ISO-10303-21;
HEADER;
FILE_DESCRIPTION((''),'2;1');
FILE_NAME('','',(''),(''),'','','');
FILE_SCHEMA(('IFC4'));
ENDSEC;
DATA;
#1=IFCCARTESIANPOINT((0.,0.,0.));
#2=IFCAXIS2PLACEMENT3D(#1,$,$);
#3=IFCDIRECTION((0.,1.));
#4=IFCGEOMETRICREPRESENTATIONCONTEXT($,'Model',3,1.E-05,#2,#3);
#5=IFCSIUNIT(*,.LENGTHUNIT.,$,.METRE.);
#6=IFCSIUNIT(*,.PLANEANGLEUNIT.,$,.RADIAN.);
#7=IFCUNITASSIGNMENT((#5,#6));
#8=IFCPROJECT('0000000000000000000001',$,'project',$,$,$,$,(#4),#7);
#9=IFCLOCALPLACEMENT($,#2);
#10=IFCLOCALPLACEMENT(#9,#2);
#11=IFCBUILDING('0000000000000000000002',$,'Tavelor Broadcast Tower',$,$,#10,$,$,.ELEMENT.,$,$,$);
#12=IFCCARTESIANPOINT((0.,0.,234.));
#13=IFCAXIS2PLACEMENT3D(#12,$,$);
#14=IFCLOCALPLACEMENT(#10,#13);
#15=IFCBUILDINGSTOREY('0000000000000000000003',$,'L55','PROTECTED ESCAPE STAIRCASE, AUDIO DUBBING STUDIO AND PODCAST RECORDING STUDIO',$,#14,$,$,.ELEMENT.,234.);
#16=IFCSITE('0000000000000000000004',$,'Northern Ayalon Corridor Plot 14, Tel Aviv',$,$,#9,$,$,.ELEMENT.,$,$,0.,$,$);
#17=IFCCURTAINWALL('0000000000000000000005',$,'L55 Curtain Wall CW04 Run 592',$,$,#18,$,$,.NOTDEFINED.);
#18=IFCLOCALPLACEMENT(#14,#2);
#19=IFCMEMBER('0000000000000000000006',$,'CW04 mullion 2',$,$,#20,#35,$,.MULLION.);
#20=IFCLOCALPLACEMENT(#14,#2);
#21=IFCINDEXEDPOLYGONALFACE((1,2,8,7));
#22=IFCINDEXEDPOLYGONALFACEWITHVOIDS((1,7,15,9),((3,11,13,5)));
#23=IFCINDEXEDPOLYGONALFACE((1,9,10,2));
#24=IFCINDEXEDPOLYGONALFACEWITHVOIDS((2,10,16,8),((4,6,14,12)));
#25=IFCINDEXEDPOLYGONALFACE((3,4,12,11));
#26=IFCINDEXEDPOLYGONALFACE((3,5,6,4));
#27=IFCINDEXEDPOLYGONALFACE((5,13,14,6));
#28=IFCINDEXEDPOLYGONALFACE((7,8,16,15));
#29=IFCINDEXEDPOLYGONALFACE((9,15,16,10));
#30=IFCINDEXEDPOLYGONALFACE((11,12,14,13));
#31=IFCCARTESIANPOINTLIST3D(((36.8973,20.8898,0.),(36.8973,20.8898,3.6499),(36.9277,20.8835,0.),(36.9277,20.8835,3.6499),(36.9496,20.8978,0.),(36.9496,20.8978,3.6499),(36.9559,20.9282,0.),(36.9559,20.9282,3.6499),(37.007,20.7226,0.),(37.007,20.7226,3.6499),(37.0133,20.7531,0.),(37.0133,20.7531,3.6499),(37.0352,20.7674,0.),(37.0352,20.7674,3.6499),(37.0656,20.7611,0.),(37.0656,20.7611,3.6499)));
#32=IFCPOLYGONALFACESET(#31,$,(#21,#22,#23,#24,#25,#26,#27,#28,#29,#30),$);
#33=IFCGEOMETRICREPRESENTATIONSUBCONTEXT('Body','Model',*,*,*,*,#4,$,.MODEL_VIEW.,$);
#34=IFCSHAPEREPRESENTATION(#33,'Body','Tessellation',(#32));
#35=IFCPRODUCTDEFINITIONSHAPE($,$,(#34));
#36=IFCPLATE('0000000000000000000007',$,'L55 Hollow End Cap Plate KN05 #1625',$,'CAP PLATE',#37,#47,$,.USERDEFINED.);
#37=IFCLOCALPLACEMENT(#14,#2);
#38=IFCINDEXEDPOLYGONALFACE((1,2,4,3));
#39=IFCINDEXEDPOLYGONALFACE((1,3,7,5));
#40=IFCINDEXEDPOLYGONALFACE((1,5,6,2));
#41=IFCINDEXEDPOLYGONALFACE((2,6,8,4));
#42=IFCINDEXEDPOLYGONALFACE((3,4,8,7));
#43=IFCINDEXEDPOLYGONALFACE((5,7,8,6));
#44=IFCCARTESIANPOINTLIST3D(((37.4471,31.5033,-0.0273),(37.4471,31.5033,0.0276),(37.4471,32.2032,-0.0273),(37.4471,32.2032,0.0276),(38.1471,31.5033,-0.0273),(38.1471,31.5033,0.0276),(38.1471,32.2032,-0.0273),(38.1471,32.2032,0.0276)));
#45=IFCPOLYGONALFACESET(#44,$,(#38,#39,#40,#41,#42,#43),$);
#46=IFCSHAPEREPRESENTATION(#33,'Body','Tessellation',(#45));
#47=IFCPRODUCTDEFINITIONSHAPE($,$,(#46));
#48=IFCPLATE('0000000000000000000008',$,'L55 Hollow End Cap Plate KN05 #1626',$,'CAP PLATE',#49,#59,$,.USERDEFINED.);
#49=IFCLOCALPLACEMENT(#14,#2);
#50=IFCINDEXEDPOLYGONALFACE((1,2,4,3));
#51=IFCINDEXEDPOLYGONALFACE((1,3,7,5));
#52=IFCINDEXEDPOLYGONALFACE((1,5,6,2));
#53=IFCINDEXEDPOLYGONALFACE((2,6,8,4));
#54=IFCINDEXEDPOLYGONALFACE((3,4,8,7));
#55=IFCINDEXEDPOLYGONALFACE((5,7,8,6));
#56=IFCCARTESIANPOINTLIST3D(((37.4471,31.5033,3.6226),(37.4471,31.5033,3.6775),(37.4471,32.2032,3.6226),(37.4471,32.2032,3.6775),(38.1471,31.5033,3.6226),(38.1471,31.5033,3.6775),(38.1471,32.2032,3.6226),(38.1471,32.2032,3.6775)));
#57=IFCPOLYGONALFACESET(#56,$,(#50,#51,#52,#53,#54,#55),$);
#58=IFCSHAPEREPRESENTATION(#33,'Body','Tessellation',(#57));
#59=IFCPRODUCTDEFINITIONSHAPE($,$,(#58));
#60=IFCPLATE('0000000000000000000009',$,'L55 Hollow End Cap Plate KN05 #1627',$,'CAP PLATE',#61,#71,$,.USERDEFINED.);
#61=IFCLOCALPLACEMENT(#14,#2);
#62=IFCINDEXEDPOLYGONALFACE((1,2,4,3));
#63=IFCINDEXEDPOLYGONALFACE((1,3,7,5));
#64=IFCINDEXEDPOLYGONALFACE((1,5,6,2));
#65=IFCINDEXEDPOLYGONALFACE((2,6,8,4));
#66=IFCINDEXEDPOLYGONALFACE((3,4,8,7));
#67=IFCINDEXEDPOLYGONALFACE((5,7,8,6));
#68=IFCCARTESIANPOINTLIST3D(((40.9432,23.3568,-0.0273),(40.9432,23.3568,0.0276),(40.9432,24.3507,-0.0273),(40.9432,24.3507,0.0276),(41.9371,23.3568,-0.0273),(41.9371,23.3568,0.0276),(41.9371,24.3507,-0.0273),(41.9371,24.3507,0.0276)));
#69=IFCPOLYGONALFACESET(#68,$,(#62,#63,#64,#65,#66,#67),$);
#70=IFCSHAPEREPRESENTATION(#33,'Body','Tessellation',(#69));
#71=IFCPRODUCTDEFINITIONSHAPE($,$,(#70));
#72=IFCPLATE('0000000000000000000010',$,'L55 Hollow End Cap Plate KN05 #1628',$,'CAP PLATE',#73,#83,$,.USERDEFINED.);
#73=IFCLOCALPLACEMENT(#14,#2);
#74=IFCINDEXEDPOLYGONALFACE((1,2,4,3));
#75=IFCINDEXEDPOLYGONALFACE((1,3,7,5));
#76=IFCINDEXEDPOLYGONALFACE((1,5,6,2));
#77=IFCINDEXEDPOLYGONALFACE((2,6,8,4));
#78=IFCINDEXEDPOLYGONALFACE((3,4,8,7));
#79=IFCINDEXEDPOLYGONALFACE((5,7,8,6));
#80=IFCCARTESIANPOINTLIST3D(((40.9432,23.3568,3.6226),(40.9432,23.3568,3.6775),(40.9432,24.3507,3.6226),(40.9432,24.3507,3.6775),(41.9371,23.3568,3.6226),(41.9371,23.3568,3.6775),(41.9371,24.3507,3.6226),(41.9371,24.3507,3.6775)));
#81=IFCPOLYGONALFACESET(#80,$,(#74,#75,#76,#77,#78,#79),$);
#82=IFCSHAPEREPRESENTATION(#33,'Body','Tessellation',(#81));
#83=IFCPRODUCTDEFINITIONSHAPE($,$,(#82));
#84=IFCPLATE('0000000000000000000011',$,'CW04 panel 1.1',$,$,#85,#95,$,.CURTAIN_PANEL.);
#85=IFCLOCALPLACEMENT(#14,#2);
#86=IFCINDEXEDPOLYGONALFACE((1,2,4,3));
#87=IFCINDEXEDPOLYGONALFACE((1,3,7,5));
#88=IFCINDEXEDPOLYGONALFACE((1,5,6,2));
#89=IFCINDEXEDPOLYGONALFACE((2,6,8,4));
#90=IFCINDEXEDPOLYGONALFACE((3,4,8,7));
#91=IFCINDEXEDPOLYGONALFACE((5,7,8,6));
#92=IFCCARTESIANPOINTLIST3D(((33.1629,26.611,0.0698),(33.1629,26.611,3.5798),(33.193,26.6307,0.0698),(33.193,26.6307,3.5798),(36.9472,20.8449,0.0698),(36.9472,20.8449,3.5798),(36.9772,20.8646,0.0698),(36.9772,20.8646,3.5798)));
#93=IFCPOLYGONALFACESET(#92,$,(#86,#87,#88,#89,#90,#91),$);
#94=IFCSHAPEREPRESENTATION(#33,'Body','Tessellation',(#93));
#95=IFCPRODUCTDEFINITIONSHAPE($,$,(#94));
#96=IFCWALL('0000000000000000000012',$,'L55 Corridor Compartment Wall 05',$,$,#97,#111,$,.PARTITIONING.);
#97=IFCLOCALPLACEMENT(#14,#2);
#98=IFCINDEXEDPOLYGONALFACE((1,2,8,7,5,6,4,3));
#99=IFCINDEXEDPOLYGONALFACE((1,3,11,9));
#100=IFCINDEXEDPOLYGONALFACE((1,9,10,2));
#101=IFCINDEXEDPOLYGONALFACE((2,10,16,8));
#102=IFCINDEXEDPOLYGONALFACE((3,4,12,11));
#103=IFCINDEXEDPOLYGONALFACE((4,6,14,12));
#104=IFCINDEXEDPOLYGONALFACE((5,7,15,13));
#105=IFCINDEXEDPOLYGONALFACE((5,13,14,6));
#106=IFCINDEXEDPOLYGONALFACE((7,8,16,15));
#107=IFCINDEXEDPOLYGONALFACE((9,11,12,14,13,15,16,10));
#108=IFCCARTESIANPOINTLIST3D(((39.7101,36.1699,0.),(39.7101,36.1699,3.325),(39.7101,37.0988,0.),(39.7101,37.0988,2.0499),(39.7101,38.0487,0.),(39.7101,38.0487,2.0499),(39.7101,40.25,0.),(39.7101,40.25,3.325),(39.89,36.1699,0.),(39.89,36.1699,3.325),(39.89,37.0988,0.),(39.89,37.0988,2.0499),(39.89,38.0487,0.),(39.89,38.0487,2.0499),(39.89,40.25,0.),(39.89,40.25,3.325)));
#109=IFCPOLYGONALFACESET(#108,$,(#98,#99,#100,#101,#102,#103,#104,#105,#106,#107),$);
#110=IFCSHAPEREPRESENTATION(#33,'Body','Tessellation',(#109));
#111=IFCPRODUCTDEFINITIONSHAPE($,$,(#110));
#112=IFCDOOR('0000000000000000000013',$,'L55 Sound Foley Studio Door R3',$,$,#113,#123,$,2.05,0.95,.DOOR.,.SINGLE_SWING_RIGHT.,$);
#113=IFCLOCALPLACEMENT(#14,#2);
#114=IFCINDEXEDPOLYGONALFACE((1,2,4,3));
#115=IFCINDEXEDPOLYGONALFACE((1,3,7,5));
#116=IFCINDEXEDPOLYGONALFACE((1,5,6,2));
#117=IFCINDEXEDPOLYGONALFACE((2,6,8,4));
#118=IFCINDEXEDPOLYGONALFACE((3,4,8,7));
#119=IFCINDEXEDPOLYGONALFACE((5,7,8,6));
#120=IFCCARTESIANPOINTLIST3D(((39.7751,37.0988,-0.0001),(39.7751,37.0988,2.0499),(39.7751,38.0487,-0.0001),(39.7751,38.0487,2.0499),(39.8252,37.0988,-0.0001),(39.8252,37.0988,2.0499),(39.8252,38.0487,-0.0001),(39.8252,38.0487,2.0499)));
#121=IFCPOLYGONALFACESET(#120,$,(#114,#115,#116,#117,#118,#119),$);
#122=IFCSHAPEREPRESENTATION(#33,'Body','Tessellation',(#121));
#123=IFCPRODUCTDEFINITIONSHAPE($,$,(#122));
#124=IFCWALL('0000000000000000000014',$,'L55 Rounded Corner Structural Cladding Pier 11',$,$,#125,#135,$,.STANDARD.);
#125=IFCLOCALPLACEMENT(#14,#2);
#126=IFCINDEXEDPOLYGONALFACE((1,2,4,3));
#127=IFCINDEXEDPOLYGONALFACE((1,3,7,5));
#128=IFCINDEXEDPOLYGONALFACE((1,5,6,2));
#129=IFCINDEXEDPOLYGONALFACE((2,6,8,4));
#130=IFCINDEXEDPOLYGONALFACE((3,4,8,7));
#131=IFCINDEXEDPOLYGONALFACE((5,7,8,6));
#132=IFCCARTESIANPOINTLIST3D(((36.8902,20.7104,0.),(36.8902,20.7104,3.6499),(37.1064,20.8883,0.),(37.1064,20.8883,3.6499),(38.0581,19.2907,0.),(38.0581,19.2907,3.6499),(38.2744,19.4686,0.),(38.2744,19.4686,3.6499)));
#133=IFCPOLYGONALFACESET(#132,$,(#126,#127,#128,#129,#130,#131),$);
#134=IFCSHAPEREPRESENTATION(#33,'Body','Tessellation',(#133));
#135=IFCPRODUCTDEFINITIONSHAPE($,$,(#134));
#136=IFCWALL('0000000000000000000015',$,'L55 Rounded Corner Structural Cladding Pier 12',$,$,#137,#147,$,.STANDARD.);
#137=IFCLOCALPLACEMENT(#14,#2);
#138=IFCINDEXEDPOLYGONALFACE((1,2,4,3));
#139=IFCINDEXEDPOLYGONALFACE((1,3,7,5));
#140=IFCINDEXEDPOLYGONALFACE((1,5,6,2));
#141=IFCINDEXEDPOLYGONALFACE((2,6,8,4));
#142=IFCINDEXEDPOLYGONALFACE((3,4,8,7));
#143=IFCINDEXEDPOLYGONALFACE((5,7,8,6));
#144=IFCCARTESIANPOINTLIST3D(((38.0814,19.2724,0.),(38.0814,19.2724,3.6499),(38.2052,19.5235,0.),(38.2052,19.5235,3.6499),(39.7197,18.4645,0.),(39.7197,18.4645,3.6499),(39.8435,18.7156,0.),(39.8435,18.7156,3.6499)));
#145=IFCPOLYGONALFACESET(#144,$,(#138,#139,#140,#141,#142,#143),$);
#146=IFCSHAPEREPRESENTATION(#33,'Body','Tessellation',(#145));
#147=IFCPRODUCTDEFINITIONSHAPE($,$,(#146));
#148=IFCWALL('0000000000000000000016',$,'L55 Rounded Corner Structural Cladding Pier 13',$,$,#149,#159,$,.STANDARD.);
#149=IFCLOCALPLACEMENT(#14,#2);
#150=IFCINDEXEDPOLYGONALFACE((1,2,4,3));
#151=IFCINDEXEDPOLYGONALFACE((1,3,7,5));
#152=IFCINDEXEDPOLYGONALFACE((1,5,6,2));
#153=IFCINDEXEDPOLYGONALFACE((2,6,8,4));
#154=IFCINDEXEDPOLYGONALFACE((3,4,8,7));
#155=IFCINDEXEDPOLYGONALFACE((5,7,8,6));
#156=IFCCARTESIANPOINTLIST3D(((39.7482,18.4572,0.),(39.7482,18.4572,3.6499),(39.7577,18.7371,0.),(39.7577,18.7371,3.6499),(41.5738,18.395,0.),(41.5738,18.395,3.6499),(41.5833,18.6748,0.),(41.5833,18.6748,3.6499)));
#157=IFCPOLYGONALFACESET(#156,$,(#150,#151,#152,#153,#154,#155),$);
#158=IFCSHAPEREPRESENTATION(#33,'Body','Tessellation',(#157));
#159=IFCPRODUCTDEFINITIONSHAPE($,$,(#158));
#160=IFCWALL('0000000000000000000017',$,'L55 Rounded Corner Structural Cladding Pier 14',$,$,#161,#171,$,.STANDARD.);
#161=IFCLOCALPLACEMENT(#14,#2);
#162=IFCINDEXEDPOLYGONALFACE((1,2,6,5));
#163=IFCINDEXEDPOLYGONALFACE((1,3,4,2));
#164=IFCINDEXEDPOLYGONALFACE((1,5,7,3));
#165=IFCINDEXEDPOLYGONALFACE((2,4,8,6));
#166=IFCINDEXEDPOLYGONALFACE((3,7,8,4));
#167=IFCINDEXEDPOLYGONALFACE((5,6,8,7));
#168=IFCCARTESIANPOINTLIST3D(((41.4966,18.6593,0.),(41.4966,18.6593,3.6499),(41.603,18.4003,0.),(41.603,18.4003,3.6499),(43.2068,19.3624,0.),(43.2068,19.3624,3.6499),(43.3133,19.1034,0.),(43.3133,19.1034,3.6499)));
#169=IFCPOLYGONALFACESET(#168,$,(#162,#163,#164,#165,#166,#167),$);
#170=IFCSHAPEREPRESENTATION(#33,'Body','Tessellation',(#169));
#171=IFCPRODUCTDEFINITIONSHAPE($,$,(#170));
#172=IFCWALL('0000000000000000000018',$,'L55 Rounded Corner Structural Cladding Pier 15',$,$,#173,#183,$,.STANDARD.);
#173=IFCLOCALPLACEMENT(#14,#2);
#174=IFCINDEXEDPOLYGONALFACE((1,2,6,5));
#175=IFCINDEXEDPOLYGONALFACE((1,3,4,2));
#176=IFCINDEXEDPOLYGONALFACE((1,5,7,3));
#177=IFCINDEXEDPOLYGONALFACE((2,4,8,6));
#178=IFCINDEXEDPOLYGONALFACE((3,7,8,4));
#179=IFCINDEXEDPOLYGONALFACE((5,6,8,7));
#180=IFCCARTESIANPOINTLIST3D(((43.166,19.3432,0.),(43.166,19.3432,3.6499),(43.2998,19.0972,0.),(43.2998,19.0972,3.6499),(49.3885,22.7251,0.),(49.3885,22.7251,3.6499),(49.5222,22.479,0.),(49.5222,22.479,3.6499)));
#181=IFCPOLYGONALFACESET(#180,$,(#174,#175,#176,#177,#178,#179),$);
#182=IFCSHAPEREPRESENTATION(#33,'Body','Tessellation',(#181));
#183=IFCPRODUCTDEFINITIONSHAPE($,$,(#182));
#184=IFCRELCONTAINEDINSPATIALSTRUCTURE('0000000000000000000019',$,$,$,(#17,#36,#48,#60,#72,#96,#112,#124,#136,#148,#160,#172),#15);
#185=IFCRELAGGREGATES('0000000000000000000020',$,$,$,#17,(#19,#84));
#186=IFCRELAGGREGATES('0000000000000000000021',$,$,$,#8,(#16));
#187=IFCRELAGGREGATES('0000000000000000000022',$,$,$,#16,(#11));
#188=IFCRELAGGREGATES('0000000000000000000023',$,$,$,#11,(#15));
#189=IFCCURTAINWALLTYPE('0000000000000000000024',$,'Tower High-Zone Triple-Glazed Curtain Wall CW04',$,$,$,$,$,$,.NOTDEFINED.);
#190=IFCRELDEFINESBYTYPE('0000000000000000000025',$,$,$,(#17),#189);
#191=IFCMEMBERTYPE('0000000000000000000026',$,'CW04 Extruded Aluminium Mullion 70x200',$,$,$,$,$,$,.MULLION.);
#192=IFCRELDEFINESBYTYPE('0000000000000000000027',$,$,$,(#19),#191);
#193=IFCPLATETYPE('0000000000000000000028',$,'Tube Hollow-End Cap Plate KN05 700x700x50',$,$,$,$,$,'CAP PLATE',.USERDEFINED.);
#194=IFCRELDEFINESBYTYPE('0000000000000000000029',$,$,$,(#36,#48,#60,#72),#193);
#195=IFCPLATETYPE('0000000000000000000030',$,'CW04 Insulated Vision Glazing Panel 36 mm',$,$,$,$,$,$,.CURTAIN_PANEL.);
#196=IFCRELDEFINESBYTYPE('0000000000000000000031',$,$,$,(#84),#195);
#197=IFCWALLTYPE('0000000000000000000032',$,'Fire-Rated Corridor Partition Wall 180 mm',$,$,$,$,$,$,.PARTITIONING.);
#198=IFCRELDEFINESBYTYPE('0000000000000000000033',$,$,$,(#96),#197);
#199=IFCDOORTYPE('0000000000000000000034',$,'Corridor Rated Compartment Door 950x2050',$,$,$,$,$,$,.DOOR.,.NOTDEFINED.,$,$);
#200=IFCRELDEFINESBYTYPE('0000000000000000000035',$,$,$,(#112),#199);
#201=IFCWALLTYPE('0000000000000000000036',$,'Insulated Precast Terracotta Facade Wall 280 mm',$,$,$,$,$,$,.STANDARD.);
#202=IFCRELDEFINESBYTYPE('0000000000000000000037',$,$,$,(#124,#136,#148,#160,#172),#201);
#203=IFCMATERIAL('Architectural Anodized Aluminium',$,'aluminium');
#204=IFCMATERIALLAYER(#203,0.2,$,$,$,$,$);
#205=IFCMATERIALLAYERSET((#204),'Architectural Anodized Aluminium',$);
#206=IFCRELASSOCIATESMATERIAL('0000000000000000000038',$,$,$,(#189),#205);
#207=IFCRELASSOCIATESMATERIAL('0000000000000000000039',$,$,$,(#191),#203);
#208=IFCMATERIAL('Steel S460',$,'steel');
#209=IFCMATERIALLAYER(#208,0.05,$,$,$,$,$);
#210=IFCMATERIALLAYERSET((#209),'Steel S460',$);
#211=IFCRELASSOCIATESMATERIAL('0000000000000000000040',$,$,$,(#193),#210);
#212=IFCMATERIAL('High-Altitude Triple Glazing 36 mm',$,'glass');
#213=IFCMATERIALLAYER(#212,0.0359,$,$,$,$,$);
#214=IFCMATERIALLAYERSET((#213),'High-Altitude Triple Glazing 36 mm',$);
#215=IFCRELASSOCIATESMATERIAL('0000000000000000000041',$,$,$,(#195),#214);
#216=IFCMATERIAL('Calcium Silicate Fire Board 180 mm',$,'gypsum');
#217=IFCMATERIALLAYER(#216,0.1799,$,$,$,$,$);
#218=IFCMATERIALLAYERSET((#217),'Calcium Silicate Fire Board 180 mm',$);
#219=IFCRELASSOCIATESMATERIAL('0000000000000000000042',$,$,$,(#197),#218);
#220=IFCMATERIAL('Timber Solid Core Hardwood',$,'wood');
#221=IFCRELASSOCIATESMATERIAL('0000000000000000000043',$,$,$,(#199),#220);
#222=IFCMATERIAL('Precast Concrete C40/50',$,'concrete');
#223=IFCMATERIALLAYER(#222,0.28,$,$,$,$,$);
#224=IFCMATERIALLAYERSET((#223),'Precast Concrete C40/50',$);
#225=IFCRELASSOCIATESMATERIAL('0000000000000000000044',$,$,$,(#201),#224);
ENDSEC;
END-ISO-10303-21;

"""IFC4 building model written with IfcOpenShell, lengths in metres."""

from ifc_helpers import new_model, si_unit, direction, frame, frame_2d, origin, origin_2d, place, context, subcontext, project, spatial, rectangle, hollow_rectangle, extrude, source, transform, mapped, material, layer, layer_set, material_profile, profile_set, type_object, type_shapes, element, fill, aggregate, save


model = new_model("IFC4")

# Units and contexts
model_context = context("Model", 3, precision=1e-05, world=origin(), true_north=direction((0.0, 1.0)))
body_context = subcontext(model_context, "Body", "Model", "MODEL_VIEW")
ifc_project = project(units=[si_unit("LENGTHUNIT", "METRE"), si_unit("PLANEANGLEUNIT", "RADIAN")], contexts=[model_context])

# Site, building, storey
site_placement = place(None, origin())
site = spatial("IfcSite", under=ifc_project, at=site_placement, Name="Northern Ayalon Corridor Plot 14, Tel Aviv", CompositionType="ELEMENT", RefElevation=0.0)
building_placement = place(site_placement, origin())
building = spatial("IfcBuilding", under=site, at=building_placement, Name="Tavelor Broadcast Tower", CompositionType="ELEMENT")
storey_placement = place(building_placement, frame((0.0, 0.0, 234.0)))
storey = spatial("IfcBuildingStorey", under=building, at=storey_placement, Name="L55", Description="PROTECTED ESCAPE STAIRCASE, AUDIO DUBBING STUDIO AND PODCAST RECORDING STUDIO", CompositionType="ELEMENT", Elevation=234.0)

# Shared definitions
ifc_material_1 = material(Name="Steel S460", Category="steel")

# Curtain wall, member
ifc_material_2 = material(Name="Architectural Anodized Aluminium", Category="aluminium")
ifc_layer_1 = layer(ifc_material_2, 0.2)
ifc_layer_set_1 = layer_set([ifc_layer_1], Name="Architectural Anodized Aluminium")
curtain_wall_type = type_object("IfcCurtainWallType", Name="Tower High-Zone Triple-Glazed Curtain Wall CW04", PredefinedType="NOTDEFINED", material=ifc_layer_set_1)
curtain_wall_placement = place(storey_placement, origin())
curtain_wall = element("IfcCurtainWall", 1, at=curtain_wall_placement, inside=storey, type_object=curtain_wall_type, Name="L55 Curtain Wall CW04 Run 592", PredefinedType="NOTDEFINED")
ifc_material_profile_1 = material_profile(ifc_material_2, hollow_rectangle(XDim=0.0701, YDim=0.2, WallThickness=0.022, at=origin_2d()), Name="RHS 70x200x22")
ifc_profile_set_1 = profile_set([ifc_material_profile_1], Name="Architectural Anodized Aluminium")
member_type = type_object("IfcMemberType", Name="CW04 Extruded Aluminium Mullion 70x200", PredefinedType="MULLION", material=ifc_profile_set_1)
shared_shape_1 = source(origin(), body_context, "Body", "SweptSolid", [
    extrude(hollow_rectangle(XDim=0.0701, YDim=0.2, WallThickness=0.022, at=origin_2d()), origin(), (0.0, 0.0, 1.0), 3.6499),
])
type_shapes(member_type, [shared_shape_1])
member_placement = place(storey_placement, frame((36.9814, 20.8254, 0.0), z_axis=(0.0, 0.0, 1.0), x_axis=(0.836032, 0.548681, 0.0)))
member = element("IfcMember", 2, at=member_placement, type_object=member_type, Name="CW04 mullion 2", PredefinedType="MULLION", context=body_context, shape_type="MappedRepresentation", body=[
    mapped(shared_shape_1, transform((0.0, 0.0, 0.0), scale=1.0)),
])

# Plates
ifc_layer_2 = layer(ifc_material_1, 0.05)
ifc_layer_set_2 = layer_set([ifc_layer_2], Name="Steel S460")
plate_type_1 = type_object("IfcPlateType", Name="Tube Hollow-End Cap Plate KN05 700x700x50", ElementType="CAP PLATE", PredefinedType="USERDEFINED", material=ifc_layer_set_2)
shared_shape_2 = source(origin(), body_context, "Body", "SweptSolid", [
    extrude(rectangle(XDim=0.7, YDim=0.7, at=origin_2d()), origin(), (0.0, 0.0, 1.0), 0.0549),
])
for number, where, z_axis, x_axis, name in (
    (3, (37.7971, 31.8533, -0.0273), (0.0, 0.0, 1.0), (1.0, 0.0, 0.0), "L55 Hollow End Cap Plate KN05 #1625"),
    (4, (37.7971, 31.8533, 3.6226), (0.0, 0.0, 1.0), (1.0, 0.0, 0.0), "L55 Hollow End Cap Plate KN05 #1626"),
):
    element("IfcPlate", number, at=place(storey_placement, frame(where, z_axis=z_axis, x_axis=x_axis)), inside=storey, type_object=plate_type_1, Name=name, ObjectType="CAP PLATE", PredefinedType="USERDEFINED", context=body_context, shape_type="MappedRepresentation", body=[
        mapped(shared_shape_2, transform((0.0, 0.0, 0.0), scale=1.0)),
    ])
shared_shape_3 = source(origin(), body_context, "Body", "SweptSolid", [
    extrude(rectangle(XDim=0.9939, YDim=0.9939, at=origin_2d()), origin(), (0.0, 0.0, 1.0), 0.0549),
])
type_shapes(plate_type_1, [shared_shape_2, shared_shape_3])
for number, where, z_axis, x_axis, name in (
    (5, (41.4402, 23.8538, -0.0273), (0.0, 0.0, 1.0), (1.0, 0.0, 0.0), "L55 Hollow End Cap Plate KN05 #1627"),
    (6, (41.4402, 23.8538, 3.6226), (0.0, 0.0, 1.0), (1.0, 0.0, 0.0), "L55 Hollow End Cap Plate KN05 #1628"),
):
    element("IfcPlate", number, at=place(storey_placement, frame(where, z_axis=z_axis, x_axis=x_axis)), inside=storey, type_object=plate_type_1, Name=name, ObjectType="CAP PLATE", PredefinedType="USERDEFINED", context=body_context, shape_type="MappedRepresentation", body=[
        mapped(shared_shape_3, transform((0.0, 0.0, 0.0), scale=1.0)),
    ])

# Plate
ifc_material_3 = material(Name="High-Altitude Triple Glazing 36 mm", Category="glass")
ifc_layer_3 = layer(ifc_material_3, 0.0359)
ifc_layer_set_3 = layer_set([ifc_layer_3], Name="High-Altitude Triple Glazing 36 mm")
plate_type_2 = type_object("IfcPlateType", Name="CW04 Insulated Vision Glazing Panel 36 mm", PredefinedType="CURTAIN_PANEL", material=ifc_layer_set_3)
shared_shape_4 = source(origin(), body_context, "Body", "SweptSolid", [
    extrude(rectangle(XDim=6.897, YDim=0.0359, at=origin_2d()), origin(), (0.0, 0.0, 1.0), 3.51),
])
type_shapes(plate_type_2, [shared_shape_4])
plate_placement = place(storey_placement, frame((35.0701, 23.7378, 0.0698), z_axis=(0.0, 0.0, 1.0), x_axis=(0.548681, -0.836032, 0.0)))
plate = element("IfcPlate", 7, at=plate_placement, type_object=plate_type_2, Name="CW04 panel 1.1", PredefinedType="CURTAIN_PANEL", context=body_context, shape_type="MappedRepresentation", body=[
    mapped(shared_shape_4, transform((0.0, 0.0, 0.0), scale=1.0)),
])
aggregate(curtain_wall, [member, plate])

# Wall, opening, door
ifc_material_4 = material(Name="Calcium Silicate Fire Board 180 mm", Category="gypsum")
ifc_layer_4 = layer(ifc_material_4, 0.1799)
ifc_layer_set_4 = layer_set([ifc_layer_4], Name="Calcium Silicate Fire Board 180 mm")
wall_type_1 = type_object("IfcWallType", Name="Fire-Rated Corridor Partition Wall 180 mm", PredefinedType="PARTITIONING", material=ifc_layer_set_4)
wall_1_placement = place(storey_placement, frame((39.8, 36.1699, 0.0), z_axis=(0.0, 0.0, 1.0), x_axis=(0.0, 1.0, 0.0)))
wall_1 = element("IfcWall", 8, at=wall_1_placement, inside=storey, type_object=wall_type_1, Name="L55 Corridor Compartment Wall 05", PredefinedType="PARTITIONING", context=body_context, shape_type="SweptSolid", body=[
    extrude(rectangle(XDim=4.0801, YDim=0.1799, at=frame_2d((2.04, 0.0))), origin(), (0.0, 0.0, 1.0), 3.325),
])
opening_placement = place(wall_1_placement, frame((0.9287, 0.0, 0.0)))
opening = element("IfcOpeningElement", 9, at=opening_placement, cuts=wall_1, PredefinedType="OPENING", context=body_context, shape_type="SweptSolid", body=[
    extrude(rectangle(XDim=0.95, YDim=2.05, at=frame_2d((0.4751, 1.0249))), frame((0.0, 0.1001, 0.0), z_axis=(0.0, -1.0, 0.0), x_axis=(1.0, 0.0, 0.0)), (0.0, 0.0, 1.0), 0.2),
])
ifc_material_5 = material(Name="Timber Solid Core Hardwood", Category="wood")
door_type = type_object("IfcDoorType", Name="Corridor Rated Compartment Door 950x2050", OperationType="NOTDEFINED", PredefinedType="DOOR", material=ifc_material_5)
door_placement = place(opening_placement, origin())
door = element("IfcDoor", 10, at=door_placement, inside=storey, type_object=door_type, Name="L55 Sound Foley Studio Door R3", OperationType="SINGLE_SWING_RIGHT", OverallHeight=2.05, OverallWidth=0.95, PredefinedType="DOOR", context=body_context, shape_type="SweptSolid", body=[
    extrude(rectangle(XDim=0.95, YDim=2.05, at=frame_2d((0.4751, 1.0249))), frame((0.0, 0.0249, 0.0), z_axis=(0.0, -1.0, 0.0), x_axis=(1.0, 0.0, 0.0)), (0.0, 0.0, 1.0), 0.05),
])
fill(opening, door)

# Walls
ifc_material_6 = material(Name="Precast Concrete C40/50", Category="concrete")
ifc_layer_5 = layer(ifc_material_6, 0.28)
ifc_layer_set_5 = layer_set([ifc_layer_5], Name="Precast Concrete C40/50")
wall_type_2 = type_object("IfcWallType", Name="Insulated Precast Terracotta Facade Wall 280 mm", PredefinedType="STANDARD", material=ifc_layer_set_5)
wall_2_placement = place(storey_placement, frame((36.9983, 20.7993, 0.0), z_axis=(0.0, 0.0, 1.0), x_axis=(0.635325, -0.772244, 0.0)))
element("IfcWall", 11, at=wall_2_placement, inside=storey, type_object=wall_type_2, Name="L55 Rounded Corner Structural Cladding Pier 11", PredefinedType="STANDARD", context=body_context, shape_type="SweptSolid", body=[
    extrude(rectangle(XDim=1.8384, YDim=0.28, at=frame_2d((0.9192, 0.0))), origin(), (0.0, 0.0, 1.0), 3.6499),
])
for number, where, z_axis, x_axis, name in (
    (12, (38.1433, 19.3979, 0.0), (0.0, 0.0, 1.0), (0.896873, -0.442288, 0.0), "L55 Rounded Corner Structural Cladding Pier 12"),
    (13, (39.7529, 18.5972, 0.0), (0.0, 0.0, 1.0), (0.999419, -0.03408, 0.0), "L55 Rounded Corner Structural Cladding Pier 13"),
):
    element("IfcWall", number, at=place(storey_placement, frame(where, z_axis=z_axis, x_axis=x_axis)), inside=storey, type_object=wall_type_2, Name=name, PredefinedType="STANDARD", context=body_context, shape_type="SweptSolid", body=[
        extrude(rectangle(XDim=1.8267, YDim=0.28, at=frame_2d((0.9133, 0.0))), origin(), (0.0, 0.0, 1.0), 3.6499),
    ])
wall_3_placement = place(storey_placement, frame((41.5498, 18.5298, 0.0), z_axis=(0.0, 0.0, 1.0), x_axis=(0.924883, 0.380252, 0.0)))
element("IfcWall", 14, at=wall_3_placement, inside=storey, type_object=wall_type_2, Name="L55 Rounded Corner Structural Cladding Pier 14", PredefinedType="STANDARD", context=body_context, shape_type="SweptSolid", body=[
    extrude(rectangle(XDim=1.8491, YDim=0.28, at=frame_2d((0.9246, 0.0))), origin(), (0.0, 0.0, 1.0), 3.6499),
])
wall_4_placement = place(storey_placement, frame((43.2329, 19.2202, 0.0), z_axis=(0.0, 0.0, 1.0), x_axis=(0.878619, 0.477523, 0.0)))
element("IfcWall", 15, at=wall_4_placement, inside=storey, type_object=wall_type_2, Name="L55 Rounded Corner Structural Cladding Pier 15", PredefinedType="STANDARD", context=body_context, shape_type="SweptSolid", body=[
    extrude(rectangle(XDim=7.082, YDim=0.28, at=frame_2d((3.541, 0.0))), origin(), (0.0, 0.0, 1.0), 3.6499),
])

save(model, "model.ifc")
